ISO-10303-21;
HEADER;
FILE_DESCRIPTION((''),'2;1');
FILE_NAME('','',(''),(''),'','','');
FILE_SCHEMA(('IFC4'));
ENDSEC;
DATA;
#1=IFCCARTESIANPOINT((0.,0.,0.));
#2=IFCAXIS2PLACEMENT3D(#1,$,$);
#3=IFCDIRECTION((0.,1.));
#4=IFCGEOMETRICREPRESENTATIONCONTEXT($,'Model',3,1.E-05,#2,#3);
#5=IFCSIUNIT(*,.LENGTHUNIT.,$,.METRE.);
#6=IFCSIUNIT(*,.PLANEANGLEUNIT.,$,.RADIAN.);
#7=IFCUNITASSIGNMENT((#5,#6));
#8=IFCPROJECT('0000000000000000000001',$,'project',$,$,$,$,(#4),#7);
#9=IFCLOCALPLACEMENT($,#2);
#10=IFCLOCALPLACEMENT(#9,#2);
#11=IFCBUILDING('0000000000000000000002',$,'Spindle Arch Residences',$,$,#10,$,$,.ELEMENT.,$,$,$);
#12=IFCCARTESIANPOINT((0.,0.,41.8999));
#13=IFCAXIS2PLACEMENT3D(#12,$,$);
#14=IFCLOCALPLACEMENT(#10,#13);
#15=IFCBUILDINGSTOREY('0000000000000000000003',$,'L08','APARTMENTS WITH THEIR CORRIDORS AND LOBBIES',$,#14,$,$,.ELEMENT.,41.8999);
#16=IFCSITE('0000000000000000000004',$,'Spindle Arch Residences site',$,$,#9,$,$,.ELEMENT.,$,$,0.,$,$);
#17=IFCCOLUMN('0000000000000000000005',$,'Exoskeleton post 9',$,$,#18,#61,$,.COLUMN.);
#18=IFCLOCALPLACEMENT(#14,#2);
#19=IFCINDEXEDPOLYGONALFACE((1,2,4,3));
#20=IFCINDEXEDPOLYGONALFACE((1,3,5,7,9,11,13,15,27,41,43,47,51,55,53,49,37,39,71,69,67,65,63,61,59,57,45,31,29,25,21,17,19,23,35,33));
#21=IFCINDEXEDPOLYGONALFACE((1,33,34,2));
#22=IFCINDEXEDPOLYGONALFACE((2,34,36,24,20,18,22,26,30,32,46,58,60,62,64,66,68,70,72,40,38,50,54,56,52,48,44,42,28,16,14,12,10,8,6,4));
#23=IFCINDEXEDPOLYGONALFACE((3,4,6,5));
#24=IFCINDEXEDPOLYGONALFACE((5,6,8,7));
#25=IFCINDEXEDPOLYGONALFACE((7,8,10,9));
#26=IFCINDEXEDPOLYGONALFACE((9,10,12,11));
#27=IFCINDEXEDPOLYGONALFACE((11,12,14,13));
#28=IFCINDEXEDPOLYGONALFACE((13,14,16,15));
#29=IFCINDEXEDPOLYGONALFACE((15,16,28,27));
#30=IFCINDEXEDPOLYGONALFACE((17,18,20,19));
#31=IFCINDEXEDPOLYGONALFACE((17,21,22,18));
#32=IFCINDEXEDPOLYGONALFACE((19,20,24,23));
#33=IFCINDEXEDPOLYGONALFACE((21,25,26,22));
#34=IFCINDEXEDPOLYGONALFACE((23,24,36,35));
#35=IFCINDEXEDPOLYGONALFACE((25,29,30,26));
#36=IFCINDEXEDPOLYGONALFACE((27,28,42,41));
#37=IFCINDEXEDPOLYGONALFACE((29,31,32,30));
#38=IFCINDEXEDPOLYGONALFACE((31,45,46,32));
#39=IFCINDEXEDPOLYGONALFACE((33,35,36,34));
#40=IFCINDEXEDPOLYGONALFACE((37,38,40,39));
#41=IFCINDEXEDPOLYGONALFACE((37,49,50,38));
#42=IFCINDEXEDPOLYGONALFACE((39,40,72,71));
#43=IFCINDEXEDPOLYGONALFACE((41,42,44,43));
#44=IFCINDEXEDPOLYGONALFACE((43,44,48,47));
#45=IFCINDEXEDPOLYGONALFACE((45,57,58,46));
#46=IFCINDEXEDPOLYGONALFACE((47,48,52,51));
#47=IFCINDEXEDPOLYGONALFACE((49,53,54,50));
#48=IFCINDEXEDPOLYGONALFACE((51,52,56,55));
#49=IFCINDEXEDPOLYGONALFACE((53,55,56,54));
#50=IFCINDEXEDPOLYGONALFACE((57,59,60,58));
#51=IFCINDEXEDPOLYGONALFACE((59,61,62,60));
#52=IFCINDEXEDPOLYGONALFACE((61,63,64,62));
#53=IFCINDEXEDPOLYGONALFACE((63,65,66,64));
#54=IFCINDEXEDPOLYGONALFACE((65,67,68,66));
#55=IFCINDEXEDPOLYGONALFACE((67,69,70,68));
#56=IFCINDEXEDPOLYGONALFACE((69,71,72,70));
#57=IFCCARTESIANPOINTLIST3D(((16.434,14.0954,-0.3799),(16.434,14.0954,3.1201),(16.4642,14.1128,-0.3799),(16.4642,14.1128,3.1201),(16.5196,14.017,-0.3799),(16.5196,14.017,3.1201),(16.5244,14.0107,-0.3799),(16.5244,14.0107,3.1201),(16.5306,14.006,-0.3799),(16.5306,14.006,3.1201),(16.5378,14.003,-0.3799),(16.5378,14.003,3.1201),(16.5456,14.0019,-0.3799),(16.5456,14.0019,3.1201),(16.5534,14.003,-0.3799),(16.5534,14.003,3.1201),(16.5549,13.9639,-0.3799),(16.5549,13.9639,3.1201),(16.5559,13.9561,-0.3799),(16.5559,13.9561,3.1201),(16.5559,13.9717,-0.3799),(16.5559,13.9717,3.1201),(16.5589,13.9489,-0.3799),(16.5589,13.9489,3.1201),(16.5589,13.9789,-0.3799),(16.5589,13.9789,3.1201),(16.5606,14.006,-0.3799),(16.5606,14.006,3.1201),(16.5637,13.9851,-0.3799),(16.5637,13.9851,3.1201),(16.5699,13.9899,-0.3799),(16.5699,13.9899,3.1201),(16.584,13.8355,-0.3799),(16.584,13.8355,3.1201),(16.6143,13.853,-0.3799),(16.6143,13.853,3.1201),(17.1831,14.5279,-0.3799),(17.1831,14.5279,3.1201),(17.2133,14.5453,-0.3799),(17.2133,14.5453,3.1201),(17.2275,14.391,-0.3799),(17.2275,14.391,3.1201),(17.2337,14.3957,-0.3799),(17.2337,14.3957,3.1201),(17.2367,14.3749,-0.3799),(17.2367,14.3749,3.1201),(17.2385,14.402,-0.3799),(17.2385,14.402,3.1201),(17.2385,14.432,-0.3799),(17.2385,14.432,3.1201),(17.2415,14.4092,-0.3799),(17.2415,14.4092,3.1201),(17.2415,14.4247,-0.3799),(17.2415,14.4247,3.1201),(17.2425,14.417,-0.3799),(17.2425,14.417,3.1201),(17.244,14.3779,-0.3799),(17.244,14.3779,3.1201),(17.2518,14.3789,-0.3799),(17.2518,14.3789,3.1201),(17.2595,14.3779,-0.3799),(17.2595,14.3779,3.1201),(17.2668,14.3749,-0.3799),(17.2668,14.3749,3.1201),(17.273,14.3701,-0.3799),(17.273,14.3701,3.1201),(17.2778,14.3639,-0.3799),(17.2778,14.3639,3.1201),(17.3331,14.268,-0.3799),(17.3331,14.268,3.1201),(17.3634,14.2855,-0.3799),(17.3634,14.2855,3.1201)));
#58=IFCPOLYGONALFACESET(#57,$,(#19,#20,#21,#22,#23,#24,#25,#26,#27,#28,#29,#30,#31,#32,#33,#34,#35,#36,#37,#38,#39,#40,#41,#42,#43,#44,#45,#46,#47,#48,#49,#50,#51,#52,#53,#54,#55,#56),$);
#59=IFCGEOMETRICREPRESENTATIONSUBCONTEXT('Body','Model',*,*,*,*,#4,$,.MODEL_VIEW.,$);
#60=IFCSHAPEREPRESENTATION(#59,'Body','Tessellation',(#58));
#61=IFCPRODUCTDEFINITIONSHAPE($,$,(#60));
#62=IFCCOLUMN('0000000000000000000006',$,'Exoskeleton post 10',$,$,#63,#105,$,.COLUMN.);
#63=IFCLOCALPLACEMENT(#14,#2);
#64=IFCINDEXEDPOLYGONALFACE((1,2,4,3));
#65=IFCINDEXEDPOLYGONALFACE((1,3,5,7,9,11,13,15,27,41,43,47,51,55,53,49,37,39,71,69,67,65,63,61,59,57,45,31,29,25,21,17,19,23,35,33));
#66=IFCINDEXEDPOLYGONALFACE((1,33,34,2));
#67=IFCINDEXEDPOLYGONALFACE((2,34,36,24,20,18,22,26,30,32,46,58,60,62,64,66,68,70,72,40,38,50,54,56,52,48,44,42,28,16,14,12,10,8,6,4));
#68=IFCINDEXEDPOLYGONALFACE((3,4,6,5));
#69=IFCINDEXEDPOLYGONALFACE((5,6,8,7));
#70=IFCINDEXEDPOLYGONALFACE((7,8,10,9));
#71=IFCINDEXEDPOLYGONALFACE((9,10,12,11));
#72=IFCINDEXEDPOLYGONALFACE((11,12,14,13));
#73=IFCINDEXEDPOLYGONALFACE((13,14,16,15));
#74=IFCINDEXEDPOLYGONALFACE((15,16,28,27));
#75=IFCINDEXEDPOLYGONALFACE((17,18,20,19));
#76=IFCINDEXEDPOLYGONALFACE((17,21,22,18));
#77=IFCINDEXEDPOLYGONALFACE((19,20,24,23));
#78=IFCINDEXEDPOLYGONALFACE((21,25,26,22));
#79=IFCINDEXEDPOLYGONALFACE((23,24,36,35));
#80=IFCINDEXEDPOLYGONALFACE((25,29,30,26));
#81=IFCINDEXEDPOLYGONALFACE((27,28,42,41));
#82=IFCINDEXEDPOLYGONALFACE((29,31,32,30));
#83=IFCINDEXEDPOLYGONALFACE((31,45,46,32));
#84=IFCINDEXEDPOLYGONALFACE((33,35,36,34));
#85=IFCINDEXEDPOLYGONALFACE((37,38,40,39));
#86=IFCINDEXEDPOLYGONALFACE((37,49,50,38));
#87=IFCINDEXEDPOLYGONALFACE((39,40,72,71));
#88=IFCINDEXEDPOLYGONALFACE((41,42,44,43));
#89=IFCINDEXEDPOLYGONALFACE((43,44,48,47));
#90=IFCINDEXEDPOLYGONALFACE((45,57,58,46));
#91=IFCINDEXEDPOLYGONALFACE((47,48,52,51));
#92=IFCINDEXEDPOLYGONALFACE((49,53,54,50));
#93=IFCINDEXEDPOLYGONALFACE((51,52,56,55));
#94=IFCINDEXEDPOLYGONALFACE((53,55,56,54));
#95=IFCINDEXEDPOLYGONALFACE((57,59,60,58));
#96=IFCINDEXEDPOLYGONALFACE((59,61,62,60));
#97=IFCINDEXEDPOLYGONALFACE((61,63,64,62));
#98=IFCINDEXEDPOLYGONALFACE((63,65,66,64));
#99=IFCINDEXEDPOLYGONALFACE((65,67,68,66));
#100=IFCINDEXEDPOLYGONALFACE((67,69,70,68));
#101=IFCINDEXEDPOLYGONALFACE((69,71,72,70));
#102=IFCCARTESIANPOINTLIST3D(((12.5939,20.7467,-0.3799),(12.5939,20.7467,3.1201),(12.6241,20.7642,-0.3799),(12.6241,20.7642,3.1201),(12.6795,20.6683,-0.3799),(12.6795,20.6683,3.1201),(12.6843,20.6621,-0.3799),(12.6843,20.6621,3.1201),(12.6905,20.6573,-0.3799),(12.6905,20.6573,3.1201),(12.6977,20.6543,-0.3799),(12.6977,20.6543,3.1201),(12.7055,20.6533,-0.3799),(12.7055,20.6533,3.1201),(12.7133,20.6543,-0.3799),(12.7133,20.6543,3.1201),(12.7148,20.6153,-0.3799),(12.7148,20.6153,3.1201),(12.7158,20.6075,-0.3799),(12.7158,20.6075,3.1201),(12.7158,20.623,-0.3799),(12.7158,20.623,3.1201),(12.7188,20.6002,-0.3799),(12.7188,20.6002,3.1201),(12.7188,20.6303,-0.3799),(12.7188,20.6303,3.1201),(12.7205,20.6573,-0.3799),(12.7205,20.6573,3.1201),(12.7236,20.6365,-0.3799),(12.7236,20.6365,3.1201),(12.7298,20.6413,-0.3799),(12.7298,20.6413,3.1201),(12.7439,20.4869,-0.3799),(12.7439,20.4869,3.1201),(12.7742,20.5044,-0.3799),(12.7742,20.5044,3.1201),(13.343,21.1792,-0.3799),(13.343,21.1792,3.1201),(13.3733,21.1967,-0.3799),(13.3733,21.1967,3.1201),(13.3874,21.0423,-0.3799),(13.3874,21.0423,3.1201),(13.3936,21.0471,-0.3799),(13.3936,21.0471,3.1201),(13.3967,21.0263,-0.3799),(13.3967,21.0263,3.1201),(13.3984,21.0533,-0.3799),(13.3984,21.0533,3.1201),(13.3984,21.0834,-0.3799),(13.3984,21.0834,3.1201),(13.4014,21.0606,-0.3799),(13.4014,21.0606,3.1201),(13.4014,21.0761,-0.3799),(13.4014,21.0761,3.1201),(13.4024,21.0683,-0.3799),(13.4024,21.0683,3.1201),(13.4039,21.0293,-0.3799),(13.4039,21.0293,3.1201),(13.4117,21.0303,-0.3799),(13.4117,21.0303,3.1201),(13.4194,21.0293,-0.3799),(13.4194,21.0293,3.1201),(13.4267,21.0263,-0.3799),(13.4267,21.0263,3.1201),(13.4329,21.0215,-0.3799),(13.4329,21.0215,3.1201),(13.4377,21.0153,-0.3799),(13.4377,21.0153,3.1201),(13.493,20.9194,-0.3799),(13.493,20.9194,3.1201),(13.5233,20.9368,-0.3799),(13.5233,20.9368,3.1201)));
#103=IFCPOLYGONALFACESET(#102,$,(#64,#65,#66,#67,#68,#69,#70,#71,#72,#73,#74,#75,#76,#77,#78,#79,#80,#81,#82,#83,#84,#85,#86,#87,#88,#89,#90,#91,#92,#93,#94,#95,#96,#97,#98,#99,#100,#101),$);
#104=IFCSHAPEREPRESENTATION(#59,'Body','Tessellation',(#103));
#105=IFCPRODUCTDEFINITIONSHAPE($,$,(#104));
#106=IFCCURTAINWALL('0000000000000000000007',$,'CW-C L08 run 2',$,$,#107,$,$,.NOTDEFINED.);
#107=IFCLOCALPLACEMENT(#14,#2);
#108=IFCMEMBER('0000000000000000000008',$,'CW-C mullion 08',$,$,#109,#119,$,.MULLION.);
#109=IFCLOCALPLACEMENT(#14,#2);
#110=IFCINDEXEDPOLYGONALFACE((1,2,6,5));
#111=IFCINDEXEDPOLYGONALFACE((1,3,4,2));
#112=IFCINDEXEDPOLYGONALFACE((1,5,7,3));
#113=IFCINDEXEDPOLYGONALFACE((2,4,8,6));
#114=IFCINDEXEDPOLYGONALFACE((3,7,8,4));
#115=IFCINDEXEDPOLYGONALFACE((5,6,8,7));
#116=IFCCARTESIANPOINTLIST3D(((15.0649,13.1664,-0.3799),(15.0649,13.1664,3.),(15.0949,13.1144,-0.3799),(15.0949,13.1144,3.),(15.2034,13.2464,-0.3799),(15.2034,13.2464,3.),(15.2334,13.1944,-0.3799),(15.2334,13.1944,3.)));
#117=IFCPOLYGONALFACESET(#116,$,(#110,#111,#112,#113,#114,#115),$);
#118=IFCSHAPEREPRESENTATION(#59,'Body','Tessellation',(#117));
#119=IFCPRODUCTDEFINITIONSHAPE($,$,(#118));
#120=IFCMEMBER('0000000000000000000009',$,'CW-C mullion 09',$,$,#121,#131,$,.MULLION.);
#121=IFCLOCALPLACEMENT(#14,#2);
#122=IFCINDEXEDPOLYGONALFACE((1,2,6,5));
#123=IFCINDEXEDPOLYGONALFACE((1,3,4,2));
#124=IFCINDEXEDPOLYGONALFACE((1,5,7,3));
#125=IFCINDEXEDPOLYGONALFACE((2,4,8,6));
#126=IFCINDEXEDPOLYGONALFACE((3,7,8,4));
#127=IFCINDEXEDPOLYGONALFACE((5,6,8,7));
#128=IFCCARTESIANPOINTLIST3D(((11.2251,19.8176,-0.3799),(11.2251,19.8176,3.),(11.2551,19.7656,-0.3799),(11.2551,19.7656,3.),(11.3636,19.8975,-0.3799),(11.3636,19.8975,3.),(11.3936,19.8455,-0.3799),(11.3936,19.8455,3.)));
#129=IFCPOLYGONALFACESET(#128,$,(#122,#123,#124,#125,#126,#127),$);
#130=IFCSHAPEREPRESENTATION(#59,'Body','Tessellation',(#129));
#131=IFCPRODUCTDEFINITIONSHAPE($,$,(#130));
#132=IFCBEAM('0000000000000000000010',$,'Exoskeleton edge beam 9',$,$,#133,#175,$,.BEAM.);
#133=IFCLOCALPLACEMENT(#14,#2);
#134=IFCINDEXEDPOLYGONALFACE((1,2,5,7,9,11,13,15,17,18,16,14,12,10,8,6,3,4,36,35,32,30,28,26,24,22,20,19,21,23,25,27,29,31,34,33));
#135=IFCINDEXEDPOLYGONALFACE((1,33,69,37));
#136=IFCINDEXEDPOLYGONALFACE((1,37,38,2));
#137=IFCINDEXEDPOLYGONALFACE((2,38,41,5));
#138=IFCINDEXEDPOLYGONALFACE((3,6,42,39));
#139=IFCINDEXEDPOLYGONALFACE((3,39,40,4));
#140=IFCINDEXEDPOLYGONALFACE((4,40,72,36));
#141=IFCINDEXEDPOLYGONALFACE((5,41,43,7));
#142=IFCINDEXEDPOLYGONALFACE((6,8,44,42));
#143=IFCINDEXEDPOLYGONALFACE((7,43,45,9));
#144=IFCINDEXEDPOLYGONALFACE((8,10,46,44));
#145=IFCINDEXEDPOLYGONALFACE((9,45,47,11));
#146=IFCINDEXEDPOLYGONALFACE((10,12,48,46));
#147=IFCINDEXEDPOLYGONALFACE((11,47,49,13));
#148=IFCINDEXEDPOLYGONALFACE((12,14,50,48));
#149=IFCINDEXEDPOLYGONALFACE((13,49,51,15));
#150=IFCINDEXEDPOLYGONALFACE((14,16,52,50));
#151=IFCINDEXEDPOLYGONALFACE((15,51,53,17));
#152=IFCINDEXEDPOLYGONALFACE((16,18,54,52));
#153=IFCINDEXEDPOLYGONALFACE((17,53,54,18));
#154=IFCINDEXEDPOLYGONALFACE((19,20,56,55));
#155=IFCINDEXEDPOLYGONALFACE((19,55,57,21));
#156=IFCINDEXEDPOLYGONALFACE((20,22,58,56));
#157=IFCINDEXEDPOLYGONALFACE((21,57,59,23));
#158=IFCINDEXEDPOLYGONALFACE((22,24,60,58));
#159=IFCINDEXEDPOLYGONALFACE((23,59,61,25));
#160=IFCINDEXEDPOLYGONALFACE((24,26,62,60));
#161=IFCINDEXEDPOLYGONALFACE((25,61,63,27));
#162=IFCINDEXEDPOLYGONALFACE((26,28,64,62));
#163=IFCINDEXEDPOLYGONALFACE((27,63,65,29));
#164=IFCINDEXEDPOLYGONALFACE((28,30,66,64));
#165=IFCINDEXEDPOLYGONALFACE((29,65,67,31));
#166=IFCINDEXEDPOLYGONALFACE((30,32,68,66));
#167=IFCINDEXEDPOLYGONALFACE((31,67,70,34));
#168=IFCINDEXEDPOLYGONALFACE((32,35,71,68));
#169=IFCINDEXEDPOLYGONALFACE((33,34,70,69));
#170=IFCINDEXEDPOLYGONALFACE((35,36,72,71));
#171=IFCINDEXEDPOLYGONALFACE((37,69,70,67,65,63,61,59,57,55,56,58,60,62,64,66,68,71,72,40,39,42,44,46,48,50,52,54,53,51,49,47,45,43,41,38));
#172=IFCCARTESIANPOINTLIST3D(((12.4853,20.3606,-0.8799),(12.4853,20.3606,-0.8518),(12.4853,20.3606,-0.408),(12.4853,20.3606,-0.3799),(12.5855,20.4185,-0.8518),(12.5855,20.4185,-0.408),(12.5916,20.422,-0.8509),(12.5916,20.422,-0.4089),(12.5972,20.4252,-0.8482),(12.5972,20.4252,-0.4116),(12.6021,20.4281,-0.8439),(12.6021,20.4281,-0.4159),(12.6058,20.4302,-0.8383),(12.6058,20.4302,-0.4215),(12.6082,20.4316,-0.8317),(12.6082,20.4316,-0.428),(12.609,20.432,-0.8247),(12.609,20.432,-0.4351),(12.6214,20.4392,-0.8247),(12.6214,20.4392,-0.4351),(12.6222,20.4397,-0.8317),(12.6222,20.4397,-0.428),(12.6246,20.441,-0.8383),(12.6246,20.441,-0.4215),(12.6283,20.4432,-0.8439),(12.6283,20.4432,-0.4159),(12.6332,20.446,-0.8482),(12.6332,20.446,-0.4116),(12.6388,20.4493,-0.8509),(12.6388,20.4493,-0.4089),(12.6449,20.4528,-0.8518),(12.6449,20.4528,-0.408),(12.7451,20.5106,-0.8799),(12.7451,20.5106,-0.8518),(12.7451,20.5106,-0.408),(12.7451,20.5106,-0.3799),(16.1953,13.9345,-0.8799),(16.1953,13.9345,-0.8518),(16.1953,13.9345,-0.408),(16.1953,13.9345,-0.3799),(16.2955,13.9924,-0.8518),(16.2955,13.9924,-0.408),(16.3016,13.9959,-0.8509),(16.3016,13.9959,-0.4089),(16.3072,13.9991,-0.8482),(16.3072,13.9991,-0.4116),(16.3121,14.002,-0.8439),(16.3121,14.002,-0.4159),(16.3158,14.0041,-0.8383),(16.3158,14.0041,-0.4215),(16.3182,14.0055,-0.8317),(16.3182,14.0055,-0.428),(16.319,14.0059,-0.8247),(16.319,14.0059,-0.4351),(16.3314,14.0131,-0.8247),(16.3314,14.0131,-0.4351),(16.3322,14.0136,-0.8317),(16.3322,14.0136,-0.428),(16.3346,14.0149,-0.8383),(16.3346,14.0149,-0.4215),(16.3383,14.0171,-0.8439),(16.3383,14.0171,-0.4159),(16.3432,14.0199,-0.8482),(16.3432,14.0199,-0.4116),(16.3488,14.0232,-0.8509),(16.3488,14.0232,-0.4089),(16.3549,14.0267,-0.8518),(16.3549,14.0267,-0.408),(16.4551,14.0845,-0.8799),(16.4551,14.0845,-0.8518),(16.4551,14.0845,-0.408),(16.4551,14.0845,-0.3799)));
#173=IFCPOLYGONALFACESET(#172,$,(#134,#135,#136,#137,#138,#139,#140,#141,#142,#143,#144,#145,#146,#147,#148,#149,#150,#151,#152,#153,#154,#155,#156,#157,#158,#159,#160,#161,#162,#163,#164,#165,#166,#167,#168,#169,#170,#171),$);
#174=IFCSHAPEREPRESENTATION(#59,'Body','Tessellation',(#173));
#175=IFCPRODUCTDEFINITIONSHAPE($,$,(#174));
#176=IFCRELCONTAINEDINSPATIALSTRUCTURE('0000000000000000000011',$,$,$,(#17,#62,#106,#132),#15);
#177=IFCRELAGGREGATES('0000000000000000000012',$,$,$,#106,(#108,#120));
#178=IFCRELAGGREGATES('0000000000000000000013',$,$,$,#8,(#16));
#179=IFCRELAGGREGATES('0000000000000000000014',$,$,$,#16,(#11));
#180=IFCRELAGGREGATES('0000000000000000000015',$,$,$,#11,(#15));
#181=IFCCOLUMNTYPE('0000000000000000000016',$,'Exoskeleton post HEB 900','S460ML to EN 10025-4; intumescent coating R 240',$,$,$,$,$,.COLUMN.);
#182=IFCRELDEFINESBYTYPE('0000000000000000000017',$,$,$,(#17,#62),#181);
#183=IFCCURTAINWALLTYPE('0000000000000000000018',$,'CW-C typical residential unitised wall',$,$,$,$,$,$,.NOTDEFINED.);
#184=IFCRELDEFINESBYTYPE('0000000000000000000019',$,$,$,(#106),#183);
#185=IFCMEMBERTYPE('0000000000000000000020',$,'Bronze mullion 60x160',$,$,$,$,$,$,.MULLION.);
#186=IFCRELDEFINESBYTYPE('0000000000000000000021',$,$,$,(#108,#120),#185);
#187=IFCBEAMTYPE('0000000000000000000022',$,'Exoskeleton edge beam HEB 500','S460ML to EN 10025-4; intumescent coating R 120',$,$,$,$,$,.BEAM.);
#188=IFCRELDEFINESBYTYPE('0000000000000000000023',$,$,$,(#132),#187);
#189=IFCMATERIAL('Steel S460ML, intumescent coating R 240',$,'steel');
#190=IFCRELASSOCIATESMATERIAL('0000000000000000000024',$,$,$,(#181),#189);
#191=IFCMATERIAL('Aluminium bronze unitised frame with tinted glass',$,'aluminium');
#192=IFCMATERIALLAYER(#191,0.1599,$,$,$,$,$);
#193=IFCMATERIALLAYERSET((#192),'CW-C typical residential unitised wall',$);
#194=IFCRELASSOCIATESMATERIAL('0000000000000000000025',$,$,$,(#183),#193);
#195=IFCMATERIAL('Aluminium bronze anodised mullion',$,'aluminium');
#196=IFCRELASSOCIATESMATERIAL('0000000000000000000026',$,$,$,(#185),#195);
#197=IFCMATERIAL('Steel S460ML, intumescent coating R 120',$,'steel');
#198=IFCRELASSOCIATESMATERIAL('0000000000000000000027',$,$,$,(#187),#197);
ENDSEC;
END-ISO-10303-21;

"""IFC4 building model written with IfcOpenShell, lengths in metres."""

from ifc_helpers import new_model, si_unit, direction, frame, origin, origin_2d, place, context, subcontext, project, spatial, rectangle, i_section, extrude, material, layer, layer_set, material_profile, profile_set, type_object, element, aggregate, save


model = new_model("IFC4")

# Units and contexts
model_context = context("Model", 3, precision=1e-05, world=origin(), true_north=direction((0.0, 1.0)))
body_context = subcontext(model_context, "Body", "Model", "MODEL_VIEW")
ifc_project = project(units=[si_unit("LENGTHUNIT", "METRE"), si_unit("PLANEANGLEUNIT", "RADIAN")], contexts=[model_context])

# Site, building, storey
site_placement = place(None, origin())
site = spatial("IfcSite", under=ifc_project, at=site_placement, Name="Spindle Arch Residences site", CompositionType="ELEMENT", RefElevation=0.0)
building_placement = place(site_placement, origin())
building = spatial("IfcBuilding", under=site, at=building_placement, Name="Spindle Arch Residences", CompositionType="ELEMENT")
storey_placement = place(building_placement, frame((0.0, 0.0, 41.8999)))
storey = spatial("IfcBuildingStorey", under=building, at=storey_placement, Name="L08", Description="APARTMENTS WITH THEIR CORRIDORS AND LOBBIES", CompositionType="ELEMENT", Elevation=41.8999)

# Columns
ifc_material_1 = material(Name="Steel S460ML, intumescent coating R 240", Category="steel")
ifc_material_profile_1 = material_profile(ifc_material_1, i_section(OverallWidth=0.3, OverallDepth=0.8999, WebThickness=0.0186, FlangeThickness=0.0349, FilletRadius=0.03, at=origin_2d()), Name="HEB 900")
ifc_profile_set_1 = profile_set([ifc_material_profile_1], Name="Steel S460ML, intumescent coating R 240")
column_type = type_object("IfcColumnType", Name="Exoskeleton post HEB 900", Description="S460ML to EN 10025-4; intumescent coating R 240", PredefinedType="COLUMN", material=ifc_profile_set_1)
for number, where, z_axis, x_axis, name in (
    (1, (16.8987, 14.1904, -0.3799), (0.0, 0.0, 1.0), (0.5, -0.866025, 0.0), "Exoskeleton post 9"),
    (2, (13.0586, 20.8418, -0.3799), (0.0, 0.0, 1.0), (0.5, -0.866025, 0.0), "Exoskeleton post 10"),
):
    element("IfcColumn", number, at=place(storey_placement, frame(where, z_axis=z_axis, x_axis=x_axis)), inside=storey, type_object=column_type, Name=name, PredefinedType="COLUMN", context=body_context, shape_type="SweptSolid", body=[
        extrude(i_section(OverallWidth=0.3, OverallDepth=0.8999, WebThickness=0.0186, FlangeThickness=0.0349, FilletRadius=0.03, at=origin_2d()), origin(), (0.0, 0.0, 1.0), 3.5),
    ])

# Curtain wall, members
ifc_material_2 = material(Name="Aluminium bronze unitised frame with tinted glass", Category="aluminium")
ifc_layer_1 = layer(ifc_material_2, 0.1599)
ifc_layer_set_1 = layer_set([ifc_layer_1], Name="CW-C typical residential unitised wall")
curtain_wall_type = type_object("IfcCurtainWallType", Name="CW-C typical residential unitised wall", PredefinedType="NOTDEFINED", material=ifc_layer_set_1)
curtain_wall_placement = place(storey_placement, origin())
curtain_wall = element("IfcCurtainWall", 3, at=curtain_wall_placement, inside=storey, type_object=curtain_wall_type, Name="CW-C L08 run 2", PredefinedType="NOTDEFINED")
ifc_material_3 = material(Name="Aluminium bronze anodised mullion", Category="aluminium")
ifc_material_profile_2 = material_profile(ifc_material_3, rectangle(XDim=0.1599, YDim=0.0601, at=origin_2d()), Name="MU 60x160")
ifc_profile_set_2 = profile_set([ifc_material_profile_2], Name="Aluminium bronze anodised mullion")
member_type = type_object("IfcMemberType", Name="Bronze mullion 60x160", PredefinedType="MULLION", material=ifc_profile_set_2)
member_1_placement = place(storey_placement, frame((15.1492, 13.1804, -0.3799), z_axis=(0.0, 0.0, 1.0), x_axis=(-0.866025, -0.5, 0.0)))
member_1 = element("IfcMember", 4, at=member_1_placement, type_object=member_type, Name="CW-C mullion 08", PredefinedType="MULLION", context=body_context, shape_type="SweptSolid", body=[
    extrude(rectangle(XDim=0.1599, YDim=0.0601, at=origin_2d()), origin(), (0.0, 0.0, 1.0), 3.3799),
])
member_2_placement = place(storey_placement, frame((11.3093, 19.8315, -0.3799), z_axis=(0.0, 0.0, 1.0), x_axis=(-0.866025, -0.5, 0.0)))
member_2 = element("IfcMember", 5, at=member_2_placement, type_object=member_type, Name="CW-C mullion 09", PredefinedType="MULLION", context=body_context, shape_type="SweptSolid", body=[
    extrude(rectangle(XDim=0.1599, YDim=0.0601, at=origin_2d()), origin(), (0.0, 0.0, 1.0), 3.3799),
])

# Beam
ifc_material_4 = material(Name="Steel S460ML, intumescent coating R 120", Category="steel")
ifc_material_profile_3 = material_profile(ifc_material_4, i_section(OverallWidth=0.3, OverallDepth=0.5, WebThickness=0.0144, FlangeThickness=0.0281, FilletRadius=0.0271, at=origin_2d()), Name="HEB 500")
ifc_profile_set_3 = profile_set([ifc_material_profile_3], Name="Steel S460ML, intumescent coating R 120")
beam_type_1 = type_object("IfcBeamType", Name="Exoskeleton edge beam HEB 500", Description="S460ML to EN 10025-4; intumescent coating R 120", PredefinedType="BEAM", material=ifc_profile_set_3)
beam_1_placement = place(storey_placement, frame((16.3252, 14.0095, -0.6299), z_axis=(-0.499989, 0.866032, 0.0), x_axis=(-0.866032, -0.499989, 0.0)))
element("IfcBeam", 6, at=beam_1_placement, inside=storey, type_object=beam_type_1, Name="Exoskeleton edge beam 9", PredefinedType="BEAM", context=body_context, shape_type="SweptSolid", body=[
    extrude(i_section(OverallWidth=0.3, OverallDepth=0.5, WebThickness=0.0144, FlangeThickness=0.0281, FilletRadius=0.0271, at=origin_2d()), origin(), (0.0, 0.0, 1.0), 7.4202),
])

aggregate(curtain_wall, [member_1, member_2])

save(model, "model.ifc")
